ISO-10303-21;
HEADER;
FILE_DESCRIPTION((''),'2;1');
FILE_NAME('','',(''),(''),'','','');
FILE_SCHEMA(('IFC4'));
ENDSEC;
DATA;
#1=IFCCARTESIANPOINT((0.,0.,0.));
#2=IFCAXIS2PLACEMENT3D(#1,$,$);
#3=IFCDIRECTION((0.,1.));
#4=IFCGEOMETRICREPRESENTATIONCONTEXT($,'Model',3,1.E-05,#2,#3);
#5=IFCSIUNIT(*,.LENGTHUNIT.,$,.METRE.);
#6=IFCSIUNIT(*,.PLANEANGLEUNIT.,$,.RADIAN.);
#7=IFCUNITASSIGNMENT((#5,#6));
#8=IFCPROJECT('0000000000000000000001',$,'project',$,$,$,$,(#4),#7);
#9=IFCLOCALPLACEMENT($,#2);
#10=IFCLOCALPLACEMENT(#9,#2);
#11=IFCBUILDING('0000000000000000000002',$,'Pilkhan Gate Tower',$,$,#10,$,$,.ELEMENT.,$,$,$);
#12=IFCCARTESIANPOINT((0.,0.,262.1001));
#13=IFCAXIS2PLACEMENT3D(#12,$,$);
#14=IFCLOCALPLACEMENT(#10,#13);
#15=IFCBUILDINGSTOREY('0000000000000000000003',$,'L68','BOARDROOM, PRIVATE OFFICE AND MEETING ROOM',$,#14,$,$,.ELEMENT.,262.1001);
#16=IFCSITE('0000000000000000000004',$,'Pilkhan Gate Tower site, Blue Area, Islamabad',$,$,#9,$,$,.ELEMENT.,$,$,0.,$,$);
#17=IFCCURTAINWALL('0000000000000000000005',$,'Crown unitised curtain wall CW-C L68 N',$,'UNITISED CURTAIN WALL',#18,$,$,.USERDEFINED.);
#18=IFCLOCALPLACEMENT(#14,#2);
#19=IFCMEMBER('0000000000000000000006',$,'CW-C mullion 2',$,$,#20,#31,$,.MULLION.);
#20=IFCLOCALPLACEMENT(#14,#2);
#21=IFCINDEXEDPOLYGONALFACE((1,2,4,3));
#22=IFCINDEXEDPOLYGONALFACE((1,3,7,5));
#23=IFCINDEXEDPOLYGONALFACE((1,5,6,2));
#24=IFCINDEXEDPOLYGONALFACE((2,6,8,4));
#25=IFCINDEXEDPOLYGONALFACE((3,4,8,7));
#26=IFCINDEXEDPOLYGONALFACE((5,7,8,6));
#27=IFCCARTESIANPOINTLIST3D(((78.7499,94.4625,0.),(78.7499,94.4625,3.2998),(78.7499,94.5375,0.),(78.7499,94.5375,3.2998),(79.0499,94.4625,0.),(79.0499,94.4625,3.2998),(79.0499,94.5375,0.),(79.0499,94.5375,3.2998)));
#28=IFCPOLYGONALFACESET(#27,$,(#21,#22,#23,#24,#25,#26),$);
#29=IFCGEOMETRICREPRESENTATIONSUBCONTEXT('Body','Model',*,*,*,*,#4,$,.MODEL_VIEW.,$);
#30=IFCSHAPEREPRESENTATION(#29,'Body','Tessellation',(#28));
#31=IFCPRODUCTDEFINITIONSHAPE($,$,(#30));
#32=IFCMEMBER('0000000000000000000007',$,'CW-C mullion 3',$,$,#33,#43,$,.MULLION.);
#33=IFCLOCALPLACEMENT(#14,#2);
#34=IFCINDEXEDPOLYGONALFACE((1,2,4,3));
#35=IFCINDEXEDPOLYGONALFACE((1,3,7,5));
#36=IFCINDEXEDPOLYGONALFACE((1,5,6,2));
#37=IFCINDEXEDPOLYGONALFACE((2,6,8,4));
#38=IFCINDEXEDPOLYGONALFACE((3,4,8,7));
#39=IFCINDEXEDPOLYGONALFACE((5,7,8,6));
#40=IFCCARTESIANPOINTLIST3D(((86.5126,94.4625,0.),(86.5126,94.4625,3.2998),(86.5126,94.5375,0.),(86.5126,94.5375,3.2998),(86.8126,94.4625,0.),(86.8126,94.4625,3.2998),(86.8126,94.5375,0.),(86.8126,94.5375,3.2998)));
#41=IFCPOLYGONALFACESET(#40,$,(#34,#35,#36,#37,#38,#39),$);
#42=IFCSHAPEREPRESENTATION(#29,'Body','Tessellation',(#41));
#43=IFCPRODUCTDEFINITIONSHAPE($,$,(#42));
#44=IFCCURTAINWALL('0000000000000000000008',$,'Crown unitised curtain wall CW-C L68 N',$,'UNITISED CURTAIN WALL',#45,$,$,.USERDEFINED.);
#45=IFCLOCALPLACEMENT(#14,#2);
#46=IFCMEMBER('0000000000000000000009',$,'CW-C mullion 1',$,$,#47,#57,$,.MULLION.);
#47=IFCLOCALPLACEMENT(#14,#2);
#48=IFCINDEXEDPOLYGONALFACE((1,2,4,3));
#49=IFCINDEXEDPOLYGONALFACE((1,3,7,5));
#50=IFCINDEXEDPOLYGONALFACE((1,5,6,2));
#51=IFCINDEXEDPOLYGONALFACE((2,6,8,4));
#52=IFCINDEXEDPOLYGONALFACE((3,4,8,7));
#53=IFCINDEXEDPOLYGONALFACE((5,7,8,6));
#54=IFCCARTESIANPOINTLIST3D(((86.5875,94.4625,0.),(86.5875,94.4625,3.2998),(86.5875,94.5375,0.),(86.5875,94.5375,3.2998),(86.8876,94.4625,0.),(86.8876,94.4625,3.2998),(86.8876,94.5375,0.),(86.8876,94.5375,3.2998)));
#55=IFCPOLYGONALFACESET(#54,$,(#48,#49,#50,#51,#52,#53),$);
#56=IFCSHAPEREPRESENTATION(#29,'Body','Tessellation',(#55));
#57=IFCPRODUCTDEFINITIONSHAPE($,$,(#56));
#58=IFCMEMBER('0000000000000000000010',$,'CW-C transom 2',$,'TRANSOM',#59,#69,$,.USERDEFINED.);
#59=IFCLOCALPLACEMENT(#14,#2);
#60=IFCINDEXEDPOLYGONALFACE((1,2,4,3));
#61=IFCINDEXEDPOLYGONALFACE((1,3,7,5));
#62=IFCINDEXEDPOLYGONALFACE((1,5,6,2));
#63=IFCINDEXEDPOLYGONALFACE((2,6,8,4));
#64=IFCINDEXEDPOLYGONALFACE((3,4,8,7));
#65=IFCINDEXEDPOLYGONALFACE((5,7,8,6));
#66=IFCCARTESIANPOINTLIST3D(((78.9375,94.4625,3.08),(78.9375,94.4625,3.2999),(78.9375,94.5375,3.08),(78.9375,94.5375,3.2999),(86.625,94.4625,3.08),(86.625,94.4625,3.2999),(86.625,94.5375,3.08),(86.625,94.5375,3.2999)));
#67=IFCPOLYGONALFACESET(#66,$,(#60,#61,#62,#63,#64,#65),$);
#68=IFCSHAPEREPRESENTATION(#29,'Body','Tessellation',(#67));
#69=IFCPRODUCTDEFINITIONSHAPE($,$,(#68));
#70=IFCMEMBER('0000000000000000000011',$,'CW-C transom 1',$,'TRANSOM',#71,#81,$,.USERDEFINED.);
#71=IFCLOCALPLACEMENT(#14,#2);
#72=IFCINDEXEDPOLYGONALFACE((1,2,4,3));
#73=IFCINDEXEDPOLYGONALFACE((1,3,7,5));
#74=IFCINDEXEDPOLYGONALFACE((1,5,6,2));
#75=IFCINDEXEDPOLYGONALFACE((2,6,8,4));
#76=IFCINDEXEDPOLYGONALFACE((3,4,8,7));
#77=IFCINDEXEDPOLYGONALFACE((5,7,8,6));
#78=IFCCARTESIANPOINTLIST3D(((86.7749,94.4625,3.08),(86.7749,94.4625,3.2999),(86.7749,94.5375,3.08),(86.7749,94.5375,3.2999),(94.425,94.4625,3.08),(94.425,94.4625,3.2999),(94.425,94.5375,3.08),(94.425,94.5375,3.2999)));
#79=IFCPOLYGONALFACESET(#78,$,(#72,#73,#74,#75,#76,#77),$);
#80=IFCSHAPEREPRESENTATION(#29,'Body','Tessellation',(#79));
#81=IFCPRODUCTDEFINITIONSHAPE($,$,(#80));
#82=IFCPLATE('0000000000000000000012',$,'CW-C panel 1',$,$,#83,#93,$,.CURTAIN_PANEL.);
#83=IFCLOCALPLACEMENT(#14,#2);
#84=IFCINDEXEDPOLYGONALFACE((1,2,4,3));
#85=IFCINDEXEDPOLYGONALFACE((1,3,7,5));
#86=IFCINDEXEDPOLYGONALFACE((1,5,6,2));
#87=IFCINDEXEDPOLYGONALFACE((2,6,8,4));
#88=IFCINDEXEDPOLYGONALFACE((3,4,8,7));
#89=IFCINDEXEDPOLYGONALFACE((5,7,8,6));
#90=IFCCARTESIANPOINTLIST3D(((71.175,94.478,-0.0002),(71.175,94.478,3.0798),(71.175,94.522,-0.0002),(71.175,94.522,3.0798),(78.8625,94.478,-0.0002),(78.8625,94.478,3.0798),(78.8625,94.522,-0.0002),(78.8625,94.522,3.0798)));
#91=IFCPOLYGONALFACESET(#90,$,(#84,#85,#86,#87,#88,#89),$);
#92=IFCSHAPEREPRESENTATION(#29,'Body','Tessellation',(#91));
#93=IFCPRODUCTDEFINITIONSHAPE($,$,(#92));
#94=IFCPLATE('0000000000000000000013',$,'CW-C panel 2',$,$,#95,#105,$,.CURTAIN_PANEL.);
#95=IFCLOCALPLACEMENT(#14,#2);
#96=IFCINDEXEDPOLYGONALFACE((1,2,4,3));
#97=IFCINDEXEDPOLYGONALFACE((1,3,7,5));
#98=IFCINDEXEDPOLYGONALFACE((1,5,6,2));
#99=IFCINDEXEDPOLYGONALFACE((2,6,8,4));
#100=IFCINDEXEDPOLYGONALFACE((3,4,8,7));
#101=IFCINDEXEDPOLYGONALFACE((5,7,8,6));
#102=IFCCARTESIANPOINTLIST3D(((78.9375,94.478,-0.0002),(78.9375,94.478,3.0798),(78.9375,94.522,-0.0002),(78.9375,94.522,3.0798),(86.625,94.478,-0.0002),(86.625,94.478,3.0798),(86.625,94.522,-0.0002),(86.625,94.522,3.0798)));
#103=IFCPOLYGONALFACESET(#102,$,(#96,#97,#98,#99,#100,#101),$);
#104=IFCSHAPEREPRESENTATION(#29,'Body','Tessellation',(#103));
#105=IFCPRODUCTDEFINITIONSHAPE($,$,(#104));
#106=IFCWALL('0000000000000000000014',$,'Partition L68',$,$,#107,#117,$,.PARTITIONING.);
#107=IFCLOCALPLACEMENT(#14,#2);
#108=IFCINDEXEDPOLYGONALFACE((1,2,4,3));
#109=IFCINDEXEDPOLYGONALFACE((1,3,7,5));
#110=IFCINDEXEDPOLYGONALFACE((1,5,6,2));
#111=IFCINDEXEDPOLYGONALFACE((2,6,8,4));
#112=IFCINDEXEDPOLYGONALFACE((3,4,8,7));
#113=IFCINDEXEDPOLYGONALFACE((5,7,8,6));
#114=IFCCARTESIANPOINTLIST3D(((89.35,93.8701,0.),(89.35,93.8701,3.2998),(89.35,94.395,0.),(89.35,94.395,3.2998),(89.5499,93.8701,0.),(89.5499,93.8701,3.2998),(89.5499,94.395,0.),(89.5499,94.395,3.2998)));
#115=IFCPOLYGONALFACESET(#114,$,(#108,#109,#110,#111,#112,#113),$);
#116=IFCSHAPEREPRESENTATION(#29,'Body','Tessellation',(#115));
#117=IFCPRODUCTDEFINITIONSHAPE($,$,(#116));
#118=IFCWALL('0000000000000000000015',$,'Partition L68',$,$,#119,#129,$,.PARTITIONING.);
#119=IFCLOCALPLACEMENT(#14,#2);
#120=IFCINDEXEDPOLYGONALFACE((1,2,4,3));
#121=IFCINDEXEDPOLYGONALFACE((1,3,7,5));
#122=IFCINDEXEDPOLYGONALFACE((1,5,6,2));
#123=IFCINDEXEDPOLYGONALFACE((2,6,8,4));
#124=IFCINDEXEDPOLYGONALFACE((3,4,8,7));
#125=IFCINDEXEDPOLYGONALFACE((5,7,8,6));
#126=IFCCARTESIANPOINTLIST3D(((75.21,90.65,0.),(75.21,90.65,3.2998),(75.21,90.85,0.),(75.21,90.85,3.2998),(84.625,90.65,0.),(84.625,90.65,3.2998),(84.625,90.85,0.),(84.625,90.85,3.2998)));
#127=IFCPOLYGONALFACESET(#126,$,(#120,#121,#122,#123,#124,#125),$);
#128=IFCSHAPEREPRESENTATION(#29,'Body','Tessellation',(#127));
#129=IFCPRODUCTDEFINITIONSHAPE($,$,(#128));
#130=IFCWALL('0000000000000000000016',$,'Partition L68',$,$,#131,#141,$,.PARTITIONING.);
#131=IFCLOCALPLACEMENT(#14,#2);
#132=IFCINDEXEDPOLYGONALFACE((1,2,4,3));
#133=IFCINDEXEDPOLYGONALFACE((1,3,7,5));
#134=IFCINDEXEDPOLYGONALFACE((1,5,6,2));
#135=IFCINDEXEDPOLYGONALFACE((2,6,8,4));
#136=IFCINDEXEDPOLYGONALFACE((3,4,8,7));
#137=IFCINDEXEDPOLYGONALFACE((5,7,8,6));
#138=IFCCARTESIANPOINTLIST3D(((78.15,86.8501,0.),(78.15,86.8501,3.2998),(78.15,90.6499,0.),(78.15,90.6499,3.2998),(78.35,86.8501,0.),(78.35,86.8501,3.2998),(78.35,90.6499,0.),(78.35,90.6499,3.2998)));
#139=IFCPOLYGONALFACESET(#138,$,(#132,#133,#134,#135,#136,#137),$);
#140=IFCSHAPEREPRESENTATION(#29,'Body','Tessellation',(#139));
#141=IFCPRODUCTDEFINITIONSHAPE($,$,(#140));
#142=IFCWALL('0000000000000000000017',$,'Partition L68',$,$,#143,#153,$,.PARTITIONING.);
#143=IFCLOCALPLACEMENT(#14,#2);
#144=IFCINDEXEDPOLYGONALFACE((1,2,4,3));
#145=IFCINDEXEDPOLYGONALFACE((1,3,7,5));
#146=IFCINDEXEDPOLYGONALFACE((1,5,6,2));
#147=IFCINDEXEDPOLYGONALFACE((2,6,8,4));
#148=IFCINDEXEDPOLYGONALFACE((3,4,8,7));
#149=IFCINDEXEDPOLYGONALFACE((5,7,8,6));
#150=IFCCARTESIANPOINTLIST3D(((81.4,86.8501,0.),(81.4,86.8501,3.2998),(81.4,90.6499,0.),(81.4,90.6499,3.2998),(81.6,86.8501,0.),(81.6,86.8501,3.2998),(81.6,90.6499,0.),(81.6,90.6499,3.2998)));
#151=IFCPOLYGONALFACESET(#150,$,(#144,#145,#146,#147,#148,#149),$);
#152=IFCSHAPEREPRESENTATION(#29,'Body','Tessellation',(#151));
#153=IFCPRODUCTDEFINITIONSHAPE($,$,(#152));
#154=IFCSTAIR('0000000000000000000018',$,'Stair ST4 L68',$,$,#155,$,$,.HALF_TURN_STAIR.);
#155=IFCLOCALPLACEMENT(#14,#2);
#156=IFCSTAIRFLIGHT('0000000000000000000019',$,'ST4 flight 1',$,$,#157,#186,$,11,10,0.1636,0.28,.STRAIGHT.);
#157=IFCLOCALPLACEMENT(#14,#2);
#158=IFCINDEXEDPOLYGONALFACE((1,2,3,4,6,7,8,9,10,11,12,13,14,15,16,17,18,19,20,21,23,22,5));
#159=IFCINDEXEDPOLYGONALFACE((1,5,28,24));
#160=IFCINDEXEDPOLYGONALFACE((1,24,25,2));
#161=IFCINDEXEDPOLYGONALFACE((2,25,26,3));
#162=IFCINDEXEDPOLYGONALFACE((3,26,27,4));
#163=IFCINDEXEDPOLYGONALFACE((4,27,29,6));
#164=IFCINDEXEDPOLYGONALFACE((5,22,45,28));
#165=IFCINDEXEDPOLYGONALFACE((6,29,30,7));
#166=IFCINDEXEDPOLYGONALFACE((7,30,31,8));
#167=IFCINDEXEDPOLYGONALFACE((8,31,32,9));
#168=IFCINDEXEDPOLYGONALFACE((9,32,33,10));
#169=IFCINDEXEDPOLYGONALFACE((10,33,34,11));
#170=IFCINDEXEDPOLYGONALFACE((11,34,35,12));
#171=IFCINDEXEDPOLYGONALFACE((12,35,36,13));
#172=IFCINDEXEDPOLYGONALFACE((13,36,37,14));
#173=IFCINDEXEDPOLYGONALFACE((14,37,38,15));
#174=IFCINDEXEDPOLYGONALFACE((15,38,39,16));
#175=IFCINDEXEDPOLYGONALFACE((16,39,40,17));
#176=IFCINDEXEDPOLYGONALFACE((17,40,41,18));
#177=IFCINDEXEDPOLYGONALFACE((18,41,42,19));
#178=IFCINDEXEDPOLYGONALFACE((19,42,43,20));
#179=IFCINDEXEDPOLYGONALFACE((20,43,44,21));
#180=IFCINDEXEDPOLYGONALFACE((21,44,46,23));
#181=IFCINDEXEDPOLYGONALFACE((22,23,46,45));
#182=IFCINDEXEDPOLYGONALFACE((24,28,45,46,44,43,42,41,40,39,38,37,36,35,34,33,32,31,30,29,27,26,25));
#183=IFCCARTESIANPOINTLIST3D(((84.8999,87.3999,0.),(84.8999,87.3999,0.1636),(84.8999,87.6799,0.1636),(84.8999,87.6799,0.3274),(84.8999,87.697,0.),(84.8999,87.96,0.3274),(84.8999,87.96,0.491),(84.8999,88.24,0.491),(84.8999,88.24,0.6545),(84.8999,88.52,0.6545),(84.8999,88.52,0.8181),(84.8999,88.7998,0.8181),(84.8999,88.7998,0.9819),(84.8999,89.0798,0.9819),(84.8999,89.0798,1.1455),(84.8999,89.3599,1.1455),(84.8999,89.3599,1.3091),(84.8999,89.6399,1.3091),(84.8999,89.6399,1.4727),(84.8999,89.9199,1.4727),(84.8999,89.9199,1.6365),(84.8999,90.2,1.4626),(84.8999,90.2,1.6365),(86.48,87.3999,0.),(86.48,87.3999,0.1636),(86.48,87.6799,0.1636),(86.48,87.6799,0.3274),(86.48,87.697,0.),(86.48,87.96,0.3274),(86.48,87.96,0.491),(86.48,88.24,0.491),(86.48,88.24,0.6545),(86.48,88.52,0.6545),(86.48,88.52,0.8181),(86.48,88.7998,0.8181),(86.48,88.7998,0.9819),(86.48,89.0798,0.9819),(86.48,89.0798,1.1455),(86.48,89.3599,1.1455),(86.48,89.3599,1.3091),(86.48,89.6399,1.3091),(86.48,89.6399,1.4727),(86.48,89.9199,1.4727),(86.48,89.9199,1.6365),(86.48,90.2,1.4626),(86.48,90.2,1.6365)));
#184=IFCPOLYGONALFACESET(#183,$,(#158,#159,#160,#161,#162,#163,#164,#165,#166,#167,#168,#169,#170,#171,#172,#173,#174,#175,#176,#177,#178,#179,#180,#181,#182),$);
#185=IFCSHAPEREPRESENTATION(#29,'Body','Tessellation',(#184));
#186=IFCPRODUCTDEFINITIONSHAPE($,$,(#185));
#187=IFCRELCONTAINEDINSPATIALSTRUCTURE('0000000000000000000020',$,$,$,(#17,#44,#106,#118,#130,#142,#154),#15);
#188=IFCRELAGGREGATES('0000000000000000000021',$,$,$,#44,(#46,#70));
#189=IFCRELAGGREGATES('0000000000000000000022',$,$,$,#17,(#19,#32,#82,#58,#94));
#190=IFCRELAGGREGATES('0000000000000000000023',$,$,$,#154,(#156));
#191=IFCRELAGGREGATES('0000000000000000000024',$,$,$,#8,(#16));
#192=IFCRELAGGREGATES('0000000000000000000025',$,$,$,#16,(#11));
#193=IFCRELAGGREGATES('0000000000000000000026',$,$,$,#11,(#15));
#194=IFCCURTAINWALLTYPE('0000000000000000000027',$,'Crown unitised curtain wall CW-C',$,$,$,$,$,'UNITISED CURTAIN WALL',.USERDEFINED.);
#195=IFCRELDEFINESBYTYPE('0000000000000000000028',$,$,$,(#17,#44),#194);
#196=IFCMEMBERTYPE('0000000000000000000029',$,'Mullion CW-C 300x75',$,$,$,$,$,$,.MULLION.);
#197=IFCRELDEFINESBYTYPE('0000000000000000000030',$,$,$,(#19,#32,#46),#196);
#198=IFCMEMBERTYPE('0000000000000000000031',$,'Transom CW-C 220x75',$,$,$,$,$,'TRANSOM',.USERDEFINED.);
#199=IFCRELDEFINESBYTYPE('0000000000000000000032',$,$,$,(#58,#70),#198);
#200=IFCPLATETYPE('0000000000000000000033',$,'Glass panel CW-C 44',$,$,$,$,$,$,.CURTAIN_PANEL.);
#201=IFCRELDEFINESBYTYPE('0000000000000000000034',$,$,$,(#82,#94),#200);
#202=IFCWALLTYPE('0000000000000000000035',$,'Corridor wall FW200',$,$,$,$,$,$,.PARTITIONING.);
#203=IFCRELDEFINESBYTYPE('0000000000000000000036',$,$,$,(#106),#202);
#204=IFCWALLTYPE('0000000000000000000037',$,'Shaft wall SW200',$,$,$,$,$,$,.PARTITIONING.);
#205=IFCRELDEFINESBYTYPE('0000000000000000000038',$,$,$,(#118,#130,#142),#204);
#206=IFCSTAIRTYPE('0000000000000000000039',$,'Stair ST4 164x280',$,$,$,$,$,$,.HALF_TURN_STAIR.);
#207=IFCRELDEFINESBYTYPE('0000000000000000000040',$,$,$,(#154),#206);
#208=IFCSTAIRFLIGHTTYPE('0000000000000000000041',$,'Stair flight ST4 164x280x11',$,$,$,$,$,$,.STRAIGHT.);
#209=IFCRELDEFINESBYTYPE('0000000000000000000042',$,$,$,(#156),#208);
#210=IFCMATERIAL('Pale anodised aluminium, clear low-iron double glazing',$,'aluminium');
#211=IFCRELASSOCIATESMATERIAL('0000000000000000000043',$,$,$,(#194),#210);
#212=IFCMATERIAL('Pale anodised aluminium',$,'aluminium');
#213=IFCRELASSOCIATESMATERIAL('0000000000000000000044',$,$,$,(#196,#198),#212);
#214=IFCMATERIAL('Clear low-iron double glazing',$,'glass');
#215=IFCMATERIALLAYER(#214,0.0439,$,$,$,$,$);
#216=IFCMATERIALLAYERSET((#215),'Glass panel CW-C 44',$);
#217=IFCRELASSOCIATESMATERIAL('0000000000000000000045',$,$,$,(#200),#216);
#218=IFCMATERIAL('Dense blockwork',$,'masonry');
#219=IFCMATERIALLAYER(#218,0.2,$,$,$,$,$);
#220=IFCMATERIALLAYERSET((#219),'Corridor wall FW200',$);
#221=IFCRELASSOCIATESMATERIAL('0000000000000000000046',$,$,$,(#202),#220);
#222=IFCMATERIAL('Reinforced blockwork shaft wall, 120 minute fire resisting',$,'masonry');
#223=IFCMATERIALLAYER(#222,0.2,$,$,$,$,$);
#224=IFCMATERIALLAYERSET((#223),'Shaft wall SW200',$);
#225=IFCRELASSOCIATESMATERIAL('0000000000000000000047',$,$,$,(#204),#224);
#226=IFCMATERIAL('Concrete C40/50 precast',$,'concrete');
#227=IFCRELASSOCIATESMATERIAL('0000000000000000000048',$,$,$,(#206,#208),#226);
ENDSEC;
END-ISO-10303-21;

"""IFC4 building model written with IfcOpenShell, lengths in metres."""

from ifc_helpers import new_model, si_unit, direction, frame, frame_2d, origin, origin_2d, place, context, subcontext, project, spatial, polyline, rectangle, outline, extrude, material, layer, layer_set, material_profile, profile_set, type_object, element, aggregate, save


model = new_model("IFC4")

# Units and contexts
model_context = context("Model", 3, precision=1e-05, world=origin(), true_north=direction((0.0, 1.0)))
body_context = subcontext(model_context, "Body", "Model", "MODEL_VIEW")
ifc_project = project(units=[si_unit("LENGTHUNIT", "METRE"), si_unit("PLANEANGLEUNIT", "RADIAN")], contexts=[model_context])

# Site, building, storey
site_placement = place(None, origin())
site = spatial("IfcSite", under=ifc_project, at=site_placement, Name="Pilkhan Gate Tower site, Blue Area, Islamabad", CompositionType="ELEMENT", RefElevation=0.0)
building_placement = place(site_placement, origin())
building = spatial("IfcBuilding", under=site, at=building_placement, Name="Pilkhan Gate Tower", CompositionType="ELEMENT")
storey_placement = place(building_placement, frame((0.0, 0.0, 262.1001)))
storey = spatial("IfcBuildingStorey", under=building, at=storey_placement, Name="L68", Description="BOARDROOM, PRIVATE OFFICE AND MEETING ROOM", CompositionType="ELEMENT", Elevation=262.1001)

# Curtain wall, members
ifc_material_1 = material(Name="Pale anodised aluminium, clear low-iron double glazing", Category="aluminium")
curtain_wall_type = type_object("IfcCurtainWallType", Name="Crown unitised curtain wall CW-C", ElementType="UNITISED CURTAIN WALL", PredefinedType="USERDEFINED", material=ifc_material_1)
curtain_wall_1_placement = place(storey_placement, origin())
curtain_wall_1 = element("IfcCurtainWall", 1, at=curtain_wall_1_placement, inside=storey, type_object=curtain_wall_type, Name="Crown unitised curtain wall CW-C L68 N", ObjectType="UNITISED CURTAIN WALL", PredefinedType="USERDEFINED")
ifc_material_2 = material(Name="Pale anodised aluminium", Category="aluminium")
ifc_material_profile_1 = material_profile(ifc_material_2, rectangle(XDim=0.075, YDim=0.3, at=origin_2d()), Name="Mullion 300x75")
ifc_profile_set_1 = profile_set([ifc_material_profile_1], Name="Pale anodised aluminium")
member_type_1 = type_object("IfcMemberType", Name="Mullion CW-C 300x75", PredefinedType="MULLION", material=ifc_profile_set_1)
member_1_placement = place(storey_placement, frame((78.8999, 94.5, 0.0), z_axis=(0.0, 0.0, 1.0), x_axis=(0.0, 1.0, 0.0)))
member_1 = element("IfcMember", 2, at=member_1_placement, type_object=member_type_1, Name="CW-C mullion 2", PredefinedType="MULLION", context=body_context, shape_type="SweptSolid", body=[
    extrude(rectangle(XDim=0.075, YDim=0.3, at=origin_2d()), origin(), (0.0, 0.0, 1.0), 3.2998),
])
member_2_placement = place(storey_placement, frame((86.6626, 94.5, 0.0), z_axis=(0.0, 0.0, 1.0), x_axis=(0.0, 1.0, 0.0)))
member_2 = element("IfcMember", 3, at=member_2_placement, type_object=member_type_1, Name="CW-C mullion 3", PredefinedType="MULLION", context=body_context, shape_type="SweptSolid", body=[
    extrude(rectangle(XDim=0.075, YDim=0.3, at=origin_2d()), origin(), (0.0, 0.0, 1.0), 3.2998),
])

# Curtain wall, member
curtain_wall_2_placement = place(storey_placement, origin())
curtain_wall_2 = element("IfcCurtainWall", 4, at=curtain_wall_2_placement, inside=storey, type_object=curtain_wall_type, Name="Crown unitised curtain wall CW-C L68 N", ObjectType="UNITISED CURTAIN WALL", PredefinedType="USERDEFINED")
member_3_placement = place(storey_placement, frame((86.7375, 94.5, 0.0), z_axis=(0.0, 0.0, 1.0), x_axis=(0.0, 1.0, 0.0)))
member_3 = element("IfcMember", 5, at=member_3_placement, type_object=member_type_1, Name="CW-C mullion 1", PredefinedType="MULLION", context=body_context, shape_type="SweptSolid", body=[
    extrude(rectangle(XDim=0.075, YDim=0.3, at=origin_2d()), origin(), (0.0, 0.0, 1.0), 3.2998),
])

# Members
ifc_material_profile_2 = material_profile(ifc_material_2, rectangle(XDim=0.075, YDim=0.22, at=origin_2d()), Name="Transom 220x75")
ifc_profile_set_2 = profile_set([ifc_material_profile_2], Name="Pale anodised aluminium")
member_type_2 = type_object("IfcMemberType", Name="Transom CW-C 220x75", ElementType="TRANSOM", PredefinedType="USERDEFINED", material=ifc_profile_set_2)
member_4_placement = place(storey_placement, frame((78.9375, 94.5, 3.1899), z_axis=(1.0, 0.0, 0.0), x_axis=(0.0, 1.0, 0.0)))
member_4 = element("IfcMember", 6, at=member_4_placement, type_object=member_type_2, Name="CW-C transom 2", ObjectType="TRANSOM", PredefinedType="USERDEFINED", context=body_context, shape_type="SweptSolid", body=[
    extrude(rectangle(XDim=0.075, YDim=0.22, at=origin_2d()), origin(), (0.0, 0.0, 1.0), 7.6875),
])
member_5_placement = place(storey_placement, frame((86.7749, 94.5, 3.1899), z_axis=(1.0, 0.0, 0.0), x_axis=(0.0, 1.0, 0.0)))
member_5 = element("IfcMember", 7, at=member_5_placement, type_object=member_type_2, Name="CW-C transom 1", ObjectType="TRANSOM", PredefinedType="USERDEFINED", context=body_context, shape_type="SweptSolid", body=[
    extrude(rectangle(XDim=0.075, YDim=0.22, at=origin_2d()), origin(), (0.0, 0.0, 1.0), 7.6501),
])
aggregate(curtain_wall_2, [member_3, member_5])

# Plates
ifc_material_3 = material(Name="Clear low-iron double glazing", Category="glass")
ifc_layer_1 = layer(ifc_material_3, 0.0439)
ifc_layer_set_1 = layer_set([ifc_layer_1], Name="Glass panel CW-C 44")
plate_type = type_object("IfcPlateType", Name="Glass panel CW-C 44", PredefinedType="CURTAIN_PANEL", material=ifc_layer_set_1)
plate_1_placement = place(storey_placement, frame((75.0188, 94.5, -0.0002), z_axis=(0.0, 0.0, 1.0), x_axis=(1.0, 0.0, 0.0)))
plate_1 = element("IfcPlate", 8, at=plate_1_placement, type_object=plate_type, Name="CW-C panel 1", PredefinedType="CURTAIN_PANEL", context=body_context, shape_type="SweptSolid", body=[
    extrude(rectangle(XDim=7.6875, YDim=0.0439, at=origin_2d()), origin(), (0.0, 0.0, 1.0), 3.0801),
])
plate_2_placement = place(storey_placement, frame((82.7812, 94.5, -0.0002), z_axis=(0.0, 0.0, 1.0), x_axis=(1.0, 0.0, 0.0)))
plate_2 = element("IfcPlate", 9, at=plate_2_placement, type_object=plate_type, Name="CW-C panel 2", PredefinedType="CURTAIN_PANEL", context=body_context, shape_type="SweptSolid", body=[
    extrude(rectangle(XDim=7.6875, YDim=0.0439, at=origin_2d()), origin(), (0.0, 0.0, 1.0), 3.0801),
])
aggregate(curtain_wall_1, [member_1, member_2, plate_1, member_4, plate_2])

# Walls
ifc_material_4 = material(Name="Dense blockwork", Category="masonry")
ifc_layer_2 = layer(ifc_material_4, 0.2)
ifc_layer_set_2 = layer_set([ifc_layer_2], Name="Corridor wall FW200")
wall_type_1 = type_object("IfcWallType", Name="Corridor wall FW200", PredefinedType="PARTITIONING", material=ifc_layer_set_2)
wall_1_placement = place(storey_placement, frame((89.45, 93.8701, 0.0), z_axis=(0.0, 0.0, 1.0), x_axis=(0.0, 1.0, 0.0)))
element("IfcWall", 10, at=wall_1_placement, inside=storey, type_object=wall_type_1, Name="Partition L68", PredefinedType="PARTITIONING", context=body_context, shape_type="SweptSolid", body=[
    extrude(rectangle(XDim=0.5249, YDim=0.2, at=frame_2d((0.2625, 0.0))), origin(), (0.0, 0.0, 1.0), 3.2998),
])
ifc_material_5 = material(Name="Reinforced blockwork shaft wall, 120 minute fire resisting", Category="masonry")
ifc_layer_3 = layer(ifc_material_5, 0.2)
ifc_layer_set_3 = layer_set([ifc_layer_3], Name="Shaft wall SW200")
wall_type_2 = type_object("IfcWallType", Name="Shaft wall SW200", PredefinedType="PARTITIONING", material=ifc_layer_set_3)
wall_2_placement = place(storey_placement, frame((75.21, 90.75, 0.0), z_axis=(0.0, 0.0, 1.0), x_axis=(1.0, 0.0, 0.0)))
element("IfcWall", 11, at=wall_2_placement, inside=storey, type_object=wall_type_2, Name="Partition L68", PredefinedType="PARTITIONING", context=body_context, shape_type="SweptSolid", body=[
    extrude(rectangle(XDim=9.415, YDim=0.2, at=frame_2d((4.7075, 0.0))), origin(), (0.0, 0.0, 1.0), 3.2998),
])
for number, where, z_axis, x_axis, name in (
    (12, (78.25, 86.8501, 0.0), (0.0, 0.0, 1.0), (0.0, 1.0, 0.0), "Partition L68"),
    (13, (81.5, 86.8501, 0.0), (0.0, 0.0, 1.0), (0.0, 1.0, 0.0), "Partition L68"),
):
    element("IfcWall", number, at=place(storey_placement, frame(where, z_axis=z_axis, x_axis=x_axis)), inside=storey, type_object=wall_type_2, Name=name, PredefinedType="PARTITIONING", context=body_context, shape_type="SweptSolid", body=[
        extrude(rectangle(XDim=3.7998, YDim=0.2, at=frame_2d((1.8999, 0.0))), origin(), (0.0, 0.0, 1.0), 3.2998),
    ])

# Stair, stair flight
ifc_material_6 = material(Name="Concrete C40/50 precast", Category="concrete")
stair_type = type_object("IfcStairType", Name="Stair ST4 164x280", PredefinedType="HALF_TURN_STAIR", material=ifc_material_6)
stair_placement = place(storey_placement, origin())
stair = element("IfcStair", 14, at=stair_placement, inside=storey, type_object=stair_type, Name="Stair ST4 L68", PredefinedType="HALF_TURN_STAIR")
stair_flight_type = type_object("IfcStairFlightType", Name="Stair flight ST4 164x280x11", PredefinedType="STRAIGHT", material=ifc_material_6)
stair_flight_1_placement = place(storey_placement, frame((85.6899, 87.3999, 0.0), z_axis=(0.0, 0.0, 1.0), x_axis=(0.0, 1.0, 0.0)))
stair_flight_1 = element("IfcStairFlight", 15, at=stair_flight_1_placement, type_object=stair_flight_type, Name="ST4 flight 1", NumberOfRisers=11, NumberOfTreads=10, PredefinedType="STRAIGHT", RiserHeight=0.1636, TreadLength=0.28, context=body_context, shape_type="SweptSolid", body=[
    extrude(outline(polyline([(0.0, 0.0), (0.0, 0.1636), (0.28, 0.1636), (0.28, 0.3274), (0.5601, 0.3274), (0.5601, 0.491), (0.8401, 0.491), (0.8401, 0.6545), (1.1201, 0.6545), (1.1201, 0.8181), (1.3999, 0.8181), (1.3999, 0.9819), (1.6799, 0.9819), (1.6799, 1.1455), (1.96, 1.1455), (1.96, 1.3091), (2.24, 1.3091), (2.24, 1.4727), (2.52, 1.4727), (2.52, 1.6365), (2.8, 1.6365), (2.8, 1.8), (2.8, 1.4626), (0.2971, 0.0), (0.0, 0.0)])), frame((0.0, 0.79, 0.0), z_axis=(0.0, -1.0, 0.0), x_axis=(1.0, 0.0, 0.0)), (0.0, 0.0, 1.0), 1.5801),
])
aggregate(stair, [stair_flight_1])

save(model, "model.ifc")
